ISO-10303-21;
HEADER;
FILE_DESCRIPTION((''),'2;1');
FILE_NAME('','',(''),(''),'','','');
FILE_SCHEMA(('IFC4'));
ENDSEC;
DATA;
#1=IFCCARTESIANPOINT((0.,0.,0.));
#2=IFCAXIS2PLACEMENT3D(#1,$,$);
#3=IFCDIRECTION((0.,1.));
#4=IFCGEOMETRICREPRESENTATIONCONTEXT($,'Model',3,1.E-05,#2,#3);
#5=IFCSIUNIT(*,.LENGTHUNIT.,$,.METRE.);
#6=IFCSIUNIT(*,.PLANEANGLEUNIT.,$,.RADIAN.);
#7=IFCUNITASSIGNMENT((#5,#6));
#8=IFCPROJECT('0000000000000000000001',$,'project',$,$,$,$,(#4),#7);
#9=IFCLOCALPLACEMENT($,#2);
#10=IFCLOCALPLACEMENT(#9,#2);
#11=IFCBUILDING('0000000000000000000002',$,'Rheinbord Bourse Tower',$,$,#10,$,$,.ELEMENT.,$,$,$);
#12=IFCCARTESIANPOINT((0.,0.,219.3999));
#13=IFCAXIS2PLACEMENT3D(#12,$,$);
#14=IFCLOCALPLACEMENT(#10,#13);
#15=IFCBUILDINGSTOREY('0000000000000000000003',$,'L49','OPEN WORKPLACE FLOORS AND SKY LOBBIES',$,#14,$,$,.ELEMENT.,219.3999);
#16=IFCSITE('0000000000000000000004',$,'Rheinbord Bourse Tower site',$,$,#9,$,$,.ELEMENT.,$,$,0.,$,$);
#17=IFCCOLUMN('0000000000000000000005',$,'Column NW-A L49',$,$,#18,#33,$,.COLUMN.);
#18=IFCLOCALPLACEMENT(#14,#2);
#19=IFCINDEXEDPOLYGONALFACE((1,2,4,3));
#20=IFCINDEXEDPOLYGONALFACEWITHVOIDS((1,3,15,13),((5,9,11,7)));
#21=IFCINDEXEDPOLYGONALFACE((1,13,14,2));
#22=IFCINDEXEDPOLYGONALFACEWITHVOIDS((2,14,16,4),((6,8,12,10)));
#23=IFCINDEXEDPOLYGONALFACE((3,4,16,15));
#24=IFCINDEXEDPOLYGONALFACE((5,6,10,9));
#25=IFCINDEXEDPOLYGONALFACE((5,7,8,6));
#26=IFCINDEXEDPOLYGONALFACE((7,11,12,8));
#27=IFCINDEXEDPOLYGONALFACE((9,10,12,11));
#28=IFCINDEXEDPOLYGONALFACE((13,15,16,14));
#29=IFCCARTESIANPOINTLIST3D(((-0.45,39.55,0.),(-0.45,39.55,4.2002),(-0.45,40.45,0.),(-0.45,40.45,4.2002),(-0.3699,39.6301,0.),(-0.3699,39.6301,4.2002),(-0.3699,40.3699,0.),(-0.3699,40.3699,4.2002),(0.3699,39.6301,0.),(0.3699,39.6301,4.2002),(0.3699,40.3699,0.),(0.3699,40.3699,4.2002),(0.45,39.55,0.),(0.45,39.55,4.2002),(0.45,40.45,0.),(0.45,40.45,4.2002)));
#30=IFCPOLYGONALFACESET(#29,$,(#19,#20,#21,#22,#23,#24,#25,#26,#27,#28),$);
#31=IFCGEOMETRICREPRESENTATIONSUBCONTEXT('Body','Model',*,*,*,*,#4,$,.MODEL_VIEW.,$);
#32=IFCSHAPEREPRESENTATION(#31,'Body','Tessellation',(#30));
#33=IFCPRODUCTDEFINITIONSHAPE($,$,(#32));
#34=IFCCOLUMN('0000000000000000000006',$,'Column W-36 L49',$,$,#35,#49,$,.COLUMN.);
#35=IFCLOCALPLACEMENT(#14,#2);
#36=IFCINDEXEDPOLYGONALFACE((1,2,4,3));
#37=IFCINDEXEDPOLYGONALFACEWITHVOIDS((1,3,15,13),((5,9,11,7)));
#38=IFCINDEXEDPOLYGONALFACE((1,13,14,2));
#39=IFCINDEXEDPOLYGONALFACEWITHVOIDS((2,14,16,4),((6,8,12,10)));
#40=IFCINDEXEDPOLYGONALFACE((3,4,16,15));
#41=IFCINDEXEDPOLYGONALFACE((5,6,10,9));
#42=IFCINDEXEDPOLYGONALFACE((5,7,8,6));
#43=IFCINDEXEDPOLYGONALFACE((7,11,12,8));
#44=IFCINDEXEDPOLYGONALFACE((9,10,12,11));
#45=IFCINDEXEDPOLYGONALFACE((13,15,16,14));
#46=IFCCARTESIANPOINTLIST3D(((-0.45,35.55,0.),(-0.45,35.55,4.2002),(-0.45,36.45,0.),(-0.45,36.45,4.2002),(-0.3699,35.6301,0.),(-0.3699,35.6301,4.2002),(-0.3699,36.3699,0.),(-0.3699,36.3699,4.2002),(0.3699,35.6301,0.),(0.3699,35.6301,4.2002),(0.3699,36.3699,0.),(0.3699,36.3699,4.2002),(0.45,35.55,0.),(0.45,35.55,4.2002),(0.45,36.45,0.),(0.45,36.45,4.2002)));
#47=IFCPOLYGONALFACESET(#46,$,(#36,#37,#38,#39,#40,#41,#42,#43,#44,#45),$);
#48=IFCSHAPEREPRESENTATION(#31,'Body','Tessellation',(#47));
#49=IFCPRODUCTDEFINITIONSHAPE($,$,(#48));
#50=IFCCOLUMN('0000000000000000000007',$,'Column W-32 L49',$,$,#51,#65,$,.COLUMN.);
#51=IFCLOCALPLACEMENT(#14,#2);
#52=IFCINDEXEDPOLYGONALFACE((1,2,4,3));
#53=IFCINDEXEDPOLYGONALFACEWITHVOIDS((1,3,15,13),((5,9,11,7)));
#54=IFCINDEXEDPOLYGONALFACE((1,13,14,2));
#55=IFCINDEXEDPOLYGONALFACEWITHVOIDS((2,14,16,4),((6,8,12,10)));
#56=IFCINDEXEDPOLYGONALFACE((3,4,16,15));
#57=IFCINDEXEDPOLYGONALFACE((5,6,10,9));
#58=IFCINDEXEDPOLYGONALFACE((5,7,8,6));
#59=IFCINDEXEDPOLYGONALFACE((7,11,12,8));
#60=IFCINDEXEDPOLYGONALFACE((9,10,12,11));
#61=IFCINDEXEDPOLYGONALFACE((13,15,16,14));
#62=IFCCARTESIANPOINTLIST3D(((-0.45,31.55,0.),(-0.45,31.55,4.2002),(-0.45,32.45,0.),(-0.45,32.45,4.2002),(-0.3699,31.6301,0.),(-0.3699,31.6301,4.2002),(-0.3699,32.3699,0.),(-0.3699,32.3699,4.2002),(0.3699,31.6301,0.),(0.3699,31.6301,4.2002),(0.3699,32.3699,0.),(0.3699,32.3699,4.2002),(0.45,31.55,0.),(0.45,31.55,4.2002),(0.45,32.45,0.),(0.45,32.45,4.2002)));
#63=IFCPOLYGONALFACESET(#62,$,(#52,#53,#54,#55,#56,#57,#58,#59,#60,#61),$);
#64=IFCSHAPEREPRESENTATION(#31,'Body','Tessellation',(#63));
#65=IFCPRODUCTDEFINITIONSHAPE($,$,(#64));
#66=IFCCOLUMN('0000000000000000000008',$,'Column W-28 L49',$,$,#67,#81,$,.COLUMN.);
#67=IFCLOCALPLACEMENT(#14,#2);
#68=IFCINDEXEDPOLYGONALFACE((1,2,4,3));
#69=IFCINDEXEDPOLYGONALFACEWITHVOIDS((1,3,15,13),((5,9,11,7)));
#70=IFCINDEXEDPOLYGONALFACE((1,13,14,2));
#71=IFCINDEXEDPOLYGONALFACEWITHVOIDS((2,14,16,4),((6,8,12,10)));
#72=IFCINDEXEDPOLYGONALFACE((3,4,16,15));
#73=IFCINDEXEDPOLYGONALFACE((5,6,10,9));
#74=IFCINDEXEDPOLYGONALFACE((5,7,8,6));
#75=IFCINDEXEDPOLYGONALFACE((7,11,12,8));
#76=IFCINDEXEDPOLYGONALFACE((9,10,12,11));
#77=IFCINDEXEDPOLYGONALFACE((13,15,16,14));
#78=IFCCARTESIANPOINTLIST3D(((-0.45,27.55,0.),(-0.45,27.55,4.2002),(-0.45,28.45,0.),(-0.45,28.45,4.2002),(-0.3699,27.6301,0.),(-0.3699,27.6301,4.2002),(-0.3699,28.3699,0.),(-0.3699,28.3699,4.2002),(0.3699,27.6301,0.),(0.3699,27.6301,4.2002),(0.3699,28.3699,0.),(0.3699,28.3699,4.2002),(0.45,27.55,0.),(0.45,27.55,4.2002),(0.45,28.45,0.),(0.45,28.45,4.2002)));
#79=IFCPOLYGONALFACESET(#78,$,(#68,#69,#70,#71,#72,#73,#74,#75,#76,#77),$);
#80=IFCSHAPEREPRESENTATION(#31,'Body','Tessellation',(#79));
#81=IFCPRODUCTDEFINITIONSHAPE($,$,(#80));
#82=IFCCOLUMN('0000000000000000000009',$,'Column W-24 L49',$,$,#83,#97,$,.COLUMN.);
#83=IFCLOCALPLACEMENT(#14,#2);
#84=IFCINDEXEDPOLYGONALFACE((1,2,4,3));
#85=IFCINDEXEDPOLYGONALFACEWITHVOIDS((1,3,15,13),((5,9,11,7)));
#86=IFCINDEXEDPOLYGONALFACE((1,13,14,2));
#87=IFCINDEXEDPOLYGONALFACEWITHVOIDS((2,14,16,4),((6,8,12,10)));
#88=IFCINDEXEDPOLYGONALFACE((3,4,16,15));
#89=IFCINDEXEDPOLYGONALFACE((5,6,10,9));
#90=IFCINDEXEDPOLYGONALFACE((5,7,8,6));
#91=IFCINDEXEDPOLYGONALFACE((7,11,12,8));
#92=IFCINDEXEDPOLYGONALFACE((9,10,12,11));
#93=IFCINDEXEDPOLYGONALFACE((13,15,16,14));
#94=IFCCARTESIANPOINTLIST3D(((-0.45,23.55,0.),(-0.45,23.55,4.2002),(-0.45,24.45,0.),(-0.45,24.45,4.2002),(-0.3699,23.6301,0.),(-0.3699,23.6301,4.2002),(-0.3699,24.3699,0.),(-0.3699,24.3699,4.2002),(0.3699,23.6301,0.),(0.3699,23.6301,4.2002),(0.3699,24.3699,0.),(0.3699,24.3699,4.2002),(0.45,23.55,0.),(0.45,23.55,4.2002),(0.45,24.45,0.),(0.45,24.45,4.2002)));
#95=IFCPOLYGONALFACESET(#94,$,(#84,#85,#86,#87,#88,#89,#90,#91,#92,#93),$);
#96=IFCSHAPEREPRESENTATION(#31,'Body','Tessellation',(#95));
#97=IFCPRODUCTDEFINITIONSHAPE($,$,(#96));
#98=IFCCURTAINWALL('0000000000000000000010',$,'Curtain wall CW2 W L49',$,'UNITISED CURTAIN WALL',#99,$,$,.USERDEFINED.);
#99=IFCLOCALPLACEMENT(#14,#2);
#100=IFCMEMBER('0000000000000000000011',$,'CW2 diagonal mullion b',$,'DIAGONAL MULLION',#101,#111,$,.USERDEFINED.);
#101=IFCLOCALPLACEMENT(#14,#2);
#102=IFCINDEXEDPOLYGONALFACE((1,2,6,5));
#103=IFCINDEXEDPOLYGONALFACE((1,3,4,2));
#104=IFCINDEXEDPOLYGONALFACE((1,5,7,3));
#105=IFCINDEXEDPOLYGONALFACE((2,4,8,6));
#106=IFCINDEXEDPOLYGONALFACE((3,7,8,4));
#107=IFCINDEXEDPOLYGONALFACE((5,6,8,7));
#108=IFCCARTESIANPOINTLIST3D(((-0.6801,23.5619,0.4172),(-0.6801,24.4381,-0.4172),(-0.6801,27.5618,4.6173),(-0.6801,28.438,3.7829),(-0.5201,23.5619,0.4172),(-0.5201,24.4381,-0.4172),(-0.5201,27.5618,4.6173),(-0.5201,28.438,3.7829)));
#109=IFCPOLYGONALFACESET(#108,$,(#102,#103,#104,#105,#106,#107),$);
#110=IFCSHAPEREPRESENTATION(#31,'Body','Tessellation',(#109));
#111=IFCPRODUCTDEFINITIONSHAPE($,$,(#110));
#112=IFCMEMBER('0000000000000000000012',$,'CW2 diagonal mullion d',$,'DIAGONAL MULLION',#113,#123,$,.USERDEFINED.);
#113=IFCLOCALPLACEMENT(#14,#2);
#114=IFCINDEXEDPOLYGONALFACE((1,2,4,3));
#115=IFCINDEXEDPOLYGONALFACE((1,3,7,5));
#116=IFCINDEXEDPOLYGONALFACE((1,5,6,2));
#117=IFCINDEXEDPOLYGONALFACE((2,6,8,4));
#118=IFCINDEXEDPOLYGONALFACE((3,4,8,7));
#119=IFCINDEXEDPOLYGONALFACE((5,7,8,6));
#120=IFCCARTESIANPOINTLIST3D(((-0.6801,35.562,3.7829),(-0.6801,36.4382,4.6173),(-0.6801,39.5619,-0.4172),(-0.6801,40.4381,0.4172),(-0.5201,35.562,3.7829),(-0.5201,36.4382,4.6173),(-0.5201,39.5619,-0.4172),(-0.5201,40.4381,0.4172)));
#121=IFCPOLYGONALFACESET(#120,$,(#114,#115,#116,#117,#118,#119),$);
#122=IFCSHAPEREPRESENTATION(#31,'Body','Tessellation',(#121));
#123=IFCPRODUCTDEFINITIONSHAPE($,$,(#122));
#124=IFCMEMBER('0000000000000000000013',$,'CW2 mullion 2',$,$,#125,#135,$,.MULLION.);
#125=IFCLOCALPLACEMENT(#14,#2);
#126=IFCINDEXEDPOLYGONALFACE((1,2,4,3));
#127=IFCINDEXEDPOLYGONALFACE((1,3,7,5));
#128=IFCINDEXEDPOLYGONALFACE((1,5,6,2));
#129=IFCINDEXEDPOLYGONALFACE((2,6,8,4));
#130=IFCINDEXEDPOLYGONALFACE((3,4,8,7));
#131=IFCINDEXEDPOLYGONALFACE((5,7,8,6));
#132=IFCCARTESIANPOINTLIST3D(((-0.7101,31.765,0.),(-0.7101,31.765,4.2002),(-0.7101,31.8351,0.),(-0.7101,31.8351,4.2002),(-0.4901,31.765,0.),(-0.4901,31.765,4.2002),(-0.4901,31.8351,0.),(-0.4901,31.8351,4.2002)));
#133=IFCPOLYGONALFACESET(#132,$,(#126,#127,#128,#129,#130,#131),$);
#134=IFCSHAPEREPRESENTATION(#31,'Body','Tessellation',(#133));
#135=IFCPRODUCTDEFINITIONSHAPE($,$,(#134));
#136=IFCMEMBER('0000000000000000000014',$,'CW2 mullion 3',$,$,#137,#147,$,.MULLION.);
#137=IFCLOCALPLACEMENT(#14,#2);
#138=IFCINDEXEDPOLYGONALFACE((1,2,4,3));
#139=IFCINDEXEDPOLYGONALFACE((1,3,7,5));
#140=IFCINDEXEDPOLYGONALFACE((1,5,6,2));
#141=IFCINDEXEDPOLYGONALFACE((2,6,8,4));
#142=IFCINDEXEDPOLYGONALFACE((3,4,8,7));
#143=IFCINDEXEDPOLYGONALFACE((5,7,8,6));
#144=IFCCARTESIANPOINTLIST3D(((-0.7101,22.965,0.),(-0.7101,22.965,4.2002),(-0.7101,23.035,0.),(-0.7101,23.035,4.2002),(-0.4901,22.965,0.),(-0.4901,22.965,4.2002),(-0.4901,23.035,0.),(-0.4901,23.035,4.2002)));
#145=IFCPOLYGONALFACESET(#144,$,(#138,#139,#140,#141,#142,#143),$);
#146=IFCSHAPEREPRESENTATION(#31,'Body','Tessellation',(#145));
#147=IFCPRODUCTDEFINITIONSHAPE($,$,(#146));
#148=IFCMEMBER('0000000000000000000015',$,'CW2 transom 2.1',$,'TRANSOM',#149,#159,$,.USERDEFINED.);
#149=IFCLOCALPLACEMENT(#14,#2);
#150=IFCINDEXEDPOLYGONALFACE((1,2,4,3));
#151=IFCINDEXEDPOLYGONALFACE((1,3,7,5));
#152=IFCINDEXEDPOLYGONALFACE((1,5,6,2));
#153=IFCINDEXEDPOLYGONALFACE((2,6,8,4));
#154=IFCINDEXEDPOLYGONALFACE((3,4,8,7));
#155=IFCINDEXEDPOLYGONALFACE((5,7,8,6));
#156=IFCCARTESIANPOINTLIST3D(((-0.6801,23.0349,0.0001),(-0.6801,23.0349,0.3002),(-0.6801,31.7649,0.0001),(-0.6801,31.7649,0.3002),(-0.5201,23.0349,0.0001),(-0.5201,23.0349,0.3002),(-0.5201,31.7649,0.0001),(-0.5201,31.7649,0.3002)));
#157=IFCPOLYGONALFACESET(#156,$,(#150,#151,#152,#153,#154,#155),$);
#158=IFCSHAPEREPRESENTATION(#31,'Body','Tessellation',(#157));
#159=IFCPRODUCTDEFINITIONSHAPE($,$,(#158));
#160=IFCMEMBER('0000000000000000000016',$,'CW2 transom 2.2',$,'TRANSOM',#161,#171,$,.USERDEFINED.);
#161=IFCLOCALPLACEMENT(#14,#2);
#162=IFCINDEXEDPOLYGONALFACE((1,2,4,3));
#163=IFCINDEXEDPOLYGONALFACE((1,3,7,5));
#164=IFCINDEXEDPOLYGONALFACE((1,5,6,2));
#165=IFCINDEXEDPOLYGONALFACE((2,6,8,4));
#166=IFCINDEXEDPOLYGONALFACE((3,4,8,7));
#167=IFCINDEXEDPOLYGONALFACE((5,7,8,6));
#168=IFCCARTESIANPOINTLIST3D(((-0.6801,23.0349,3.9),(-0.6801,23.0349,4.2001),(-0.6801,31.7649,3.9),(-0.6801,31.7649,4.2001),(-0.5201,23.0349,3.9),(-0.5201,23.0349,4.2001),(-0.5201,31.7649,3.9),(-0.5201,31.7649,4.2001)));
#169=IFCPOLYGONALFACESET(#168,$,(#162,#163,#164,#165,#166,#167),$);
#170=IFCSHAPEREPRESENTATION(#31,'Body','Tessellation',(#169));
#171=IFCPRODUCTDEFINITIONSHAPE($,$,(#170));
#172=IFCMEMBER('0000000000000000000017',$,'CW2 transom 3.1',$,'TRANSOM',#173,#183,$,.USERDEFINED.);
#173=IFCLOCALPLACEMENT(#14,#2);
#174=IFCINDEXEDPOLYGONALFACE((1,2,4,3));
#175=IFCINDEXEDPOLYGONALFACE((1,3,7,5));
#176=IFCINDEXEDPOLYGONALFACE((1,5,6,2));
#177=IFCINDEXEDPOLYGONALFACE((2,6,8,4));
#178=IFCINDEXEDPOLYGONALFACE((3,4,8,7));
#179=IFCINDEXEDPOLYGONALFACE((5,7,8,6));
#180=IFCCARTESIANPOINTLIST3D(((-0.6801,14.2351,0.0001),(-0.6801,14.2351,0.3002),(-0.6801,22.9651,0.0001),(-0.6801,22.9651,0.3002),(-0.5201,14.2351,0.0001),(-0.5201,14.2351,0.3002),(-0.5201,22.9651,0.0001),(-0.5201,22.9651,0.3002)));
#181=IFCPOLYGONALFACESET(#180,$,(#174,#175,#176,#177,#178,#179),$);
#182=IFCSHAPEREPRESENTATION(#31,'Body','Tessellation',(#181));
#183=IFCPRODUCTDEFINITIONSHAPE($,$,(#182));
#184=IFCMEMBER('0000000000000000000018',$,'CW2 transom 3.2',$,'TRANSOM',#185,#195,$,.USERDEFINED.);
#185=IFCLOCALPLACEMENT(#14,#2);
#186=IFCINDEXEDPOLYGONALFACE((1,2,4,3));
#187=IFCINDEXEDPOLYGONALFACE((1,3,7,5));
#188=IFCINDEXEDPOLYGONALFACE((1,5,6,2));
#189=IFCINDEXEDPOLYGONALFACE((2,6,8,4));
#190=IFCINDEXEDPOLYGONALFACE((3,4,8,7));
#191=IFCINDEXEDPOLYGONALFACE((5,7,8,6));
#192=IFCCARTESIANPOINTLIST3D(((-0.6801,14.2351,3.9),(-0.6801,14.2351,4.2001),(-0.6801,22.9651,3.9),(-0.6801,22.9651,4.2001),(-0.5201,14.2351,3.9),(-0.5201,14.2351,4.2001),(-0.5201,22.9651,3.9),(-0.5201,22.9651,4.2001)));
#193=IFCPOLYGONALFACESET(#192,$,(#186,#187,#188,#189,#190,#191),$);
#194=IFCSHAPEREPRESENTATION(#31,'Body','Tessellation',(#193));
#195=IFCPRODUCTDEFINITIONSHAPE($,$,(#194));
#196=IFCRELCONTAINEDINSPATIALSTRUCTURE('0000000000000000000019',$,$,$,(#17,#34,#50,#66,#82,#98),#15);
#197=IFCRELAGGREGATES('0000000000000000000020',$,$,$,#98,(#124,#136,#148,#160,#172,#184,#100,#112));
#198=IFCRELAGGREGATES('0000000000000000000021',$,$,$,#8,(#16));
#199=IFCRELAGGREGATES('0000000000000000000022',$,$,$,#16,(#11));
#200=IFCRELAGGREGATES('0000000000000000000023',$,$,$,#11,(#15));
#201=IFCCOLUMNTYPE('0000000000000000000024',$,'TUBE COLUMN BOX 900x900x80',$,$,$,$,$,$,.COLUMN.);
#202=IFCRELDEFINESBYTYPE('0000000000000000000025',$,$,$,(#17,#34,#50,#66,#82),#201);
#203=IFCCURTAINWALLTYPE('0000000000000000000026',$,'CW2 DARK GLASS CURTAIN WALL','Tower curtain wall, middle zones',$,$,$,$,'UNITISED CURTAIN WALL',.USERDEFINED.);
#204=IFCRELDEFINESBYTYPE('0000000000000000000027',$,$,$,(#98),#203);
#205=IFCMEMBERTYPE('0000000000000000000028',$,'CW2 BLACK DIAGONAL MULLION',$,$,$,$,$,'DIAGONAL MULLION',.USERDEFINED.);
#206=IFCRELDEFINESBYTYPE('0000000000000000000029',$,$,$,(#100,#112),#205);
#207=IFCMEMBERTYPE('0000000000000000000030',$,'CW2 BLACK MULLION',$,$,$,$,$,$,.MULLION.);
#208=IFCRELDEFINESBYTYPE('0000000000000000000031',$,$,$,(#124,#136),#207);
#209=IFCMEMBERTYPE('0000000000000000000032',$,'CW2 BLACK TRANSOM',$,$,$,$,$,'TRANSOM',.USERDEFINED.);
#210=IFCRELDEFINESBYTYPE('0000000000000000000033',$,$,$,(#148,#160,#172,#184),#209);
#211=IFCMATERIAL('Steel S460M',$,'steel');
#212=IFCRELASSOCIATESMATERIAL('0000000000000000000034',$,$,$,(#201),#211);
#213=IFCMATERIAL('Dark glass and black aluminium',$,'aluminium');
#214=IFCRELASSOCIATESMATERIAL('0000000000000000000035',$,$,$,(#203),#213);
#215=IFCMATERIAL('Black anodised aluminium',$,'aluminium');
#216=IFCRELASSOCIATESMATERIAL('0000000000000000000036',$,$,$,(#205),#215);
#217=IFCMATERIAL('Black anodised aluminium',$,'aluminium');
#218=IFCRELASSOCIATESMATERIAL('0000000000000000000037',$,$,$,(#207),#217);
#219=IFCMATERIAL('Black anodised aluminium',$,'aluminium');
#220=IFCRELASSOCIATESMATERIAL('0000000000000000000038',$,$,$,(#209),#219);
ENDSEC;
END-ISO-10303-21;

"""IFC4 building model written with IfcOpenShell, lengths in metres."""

from ifc_helpers import new_model, si_unit, direction, frame, origin, origin_2d, place, context, subcontext, project, spatial, rectangle, hollow_rectangle, extrude, material, material_profile, profile_set, type_object, element, aggregate, save


model = new_model("IFC4")

# Units and contexts
model_context = context("Model", 3, precision=1e-05, world=origin(), true_north=direction((0.0, 1.0)))
body_context = subcontext(model_context, "Body", "Model", "MODEL_VIEW")
ifc_project = project(units=[si_unit("LENGTHUNIT", "METRE"), si_unit("PLANEANGLEUNIT", "RADIAN")], contexts=[model_context])

# Site, building, storey
site_placement = place(None, origin())
site = spatial("IfcSite", under=ifc_project, at=site_placement, Name="Rheinbord Bourse Tower site", CompositionType="ELEMENT", RefElevation=0.0)
building_placement = place(site_placement, origin())
building = spatial("IfcBuilding", under=site, at=building_placement, Name="Rheinbord Bourse Tower", CompositionType="ELEMENT")
storey_placement = place(building_placement, frame((0.0, 0.0, 219.3999)))
storey = spatial("IfcBuildingStorey", under=building, at=storey_placement, Name="L49", Description="OPEN WORKPLACE FLOORS AND SKY LOBBIES", CompositionType="ELEMENT", Elevation=219.3999)

# Columns
ifc_material_1 = material(Name="Steel S460M", Category="steel")
ifc_material_profile_1 = material_profile(ifc_material_1, hollow_rectangle(XDim=0.8999, YDim=0.8999, WallThickness=0.0801, at=origin_2d()), Name="BOX 900x900x80")
ifc_profile_set_1 = profile_set([ifc_material_profile_1], Name="Steel S460M")
column_type = type_object("IfcColumnType", Name="TUBE COLUMN BOX 900x900x80", PredefinedType="COLUMN", material=ifc_profile_set_1)
for number, where, z_axis, x_axis, name in (
    (1, (0.0, 40.0, 0.0), (0.0, 0.0, 1.0), (1.0, 0.0, 0.0), "Column NW-A L49"),
    (2, (0.0, 36.0, 0.0), (0.0, 0.0, 1.0), (1.0, 0.0, 0.0), "Column W-36 L49"),
    (3, (0.0, 32.0, 0.0), (0.0, 0.0, 1.0), (1.0, 0.0, 0.0), "Column W-32 L49"),
    (4, (0.0, 28.0, 0.0), (0.0, 0.0, 1.0), (1.0, 0.0, 0.0), "Column W-28 L49"),
    (5, (0.0, 24.0, 0.0), (0.0, 0.0, 1.0), (1.0, 0.0, 0.0), "Column W-24 L49"),
):
    element("IfcColumn", number, at=place(storey_placement, frame(where, z_axis=z_axis, x_axis=x_axis)), inside=storey, type_object=column_type, Name=name, PredefinedType="COLUMN", context=body_context, shape_type="SweptSolid", body=[
        extrude(hollow_rectangle(XDim=0.8999, YDim=0.8999, WallThickness=0.0801, at=origin_2d()), origin(), (0.0, 0.0, 1.0), 4.2002),
    ])

# Curtain wall, members
ifc_material_2 = material(Name="Dark glass and black aluminium", Category="aluminium")
curtain_wall_type = type_object("IfcCurtainWallType", Name="CW2 DARK GLASS CURTAIN WALL", Description="Tower curtain wall, middle zones", ElementType="UNITISED CURTAIN WALL", PredefinedType="USERDEFINED", material=ifc_material_2)
curtain_wall_placement = place(storey_placement, origin())
curtain_wall = element("IfcCurtainWall", 6, at=curtain_wall_placement, inside=storey, type_object=curtain_wall_type, Name="Curtain wall CW2 W L49", ObjectType="UNITISED CURTAIN WALL", PredefinedType="USERDEFINED")
ifc_material_3 = material(Name="Black anodised aluminium", Category="aluminium")
ifc_material_profile_2 = material_profile(ifc_material_3, rectangle(XDim=0.1599, YDim=1.21, at=origin_2d()), Name="CW2 DIAGONAL MULLION 1210x160")
ifc_profile_set_2 = profile_set([ifc_material_profile_2], Name="Black anodised aluminium")
member_type_1 = type_object("IfcMemberType", Name="CW2 BLACK DIAGONAL MULLION", ElementType="DIAGONAL MULLION", PredefinedType="USERDEFINED", material=ifc_profile_set_2)
member_1_placement = place(storey_placement, frame((-0.6001, 24.0, 0.0), z_axis=(0.0, 0.689638, 0.724154), x_axis=(-1.0, 0.0, 0.0)))
member_1 = element("IfcMember", 7, at=member_1_placement, type_object=member_type_1, Name="CW2 diagonal mullion b", ObjectType="DIAGONAL MULLION", PredefinedType="USERDEFINED", context=body_context, shape_type="SweptSolid", body=[
    extrude(rectangle(XDim=0.1599, YDim=1.21, at=origin_2d()), origin(), (0.0, 0.0, 1.0), 5.8),
])
member_2_placement = place(storey_placement, frame((-0.6001, 40.0, 0.0), z_axis=(0.0, -0.689638, 0.724154), x_axis=(1.0, 0.0, 0.0)))
member_2 = element("IfcMember", 8, at=member_2_placement, type_object=member_type_1, Name="CW2 diagonal mullion d", ObjectType="DIAGONAL MULLION", PredefinedType="USERDEFINED", context=body_context, shape_type="SweptSolid", body=[
    extrude(rectangle(XDim=0.1599, YDim=1.21, at=origin_2d()), origin(), (0.0, 0.0, 1.0), 5.8),
])
ifc_material_4 = material(Name="Black anodised aluminium", Category="aluminium")
ifc_material_profile_3 = material_profile(ifc_material_4, rectangle(XDim=0.22, YDim=0.0701, at=origin_2d()), Name="CW2 MULLION 70x220")
ifc_profile_set_3 = profile_set([ifc_material_profile_3], Name="Black anodised aluminium")
member_type_2 = type_object("IfcMemberType", Name="CW2 BLACK MULLION", PredefinedType="MULLION", material=ifc_profile_set_3)
member_3_placement = place(storey_placement, frame((-0.6001, 31.8, 0.0), z_axis=(0.0, 0.0, 1.0), x_axis=(1.0, 0.0, 0.0)))
member_3 = element("IfcMember", 9, at=member_3_placement, type_object=member_type_2, Name="CW2 mullion 2", PredefinedType="MULLION", context=body_context, shape_type="SweptSolid", body=[
    extrude(rectangle(XDim=0.22, YDim=0.0701, at=origin_2d()), origin(), (0.0, 0.0, 1.0), 4.2002),
])
member_4_placement = place(storey_placement, frame((-0.6001, 23.0, 0.0), z_axis=(0.0, 0.0, 1.0), x_axis=(1.0, 0.0, 0.0)))
member_4 = element("IfcMember", 10, at=member_4_placement, type_object=member_type_2, Name="CW2 mullion 3", PredefinedType="MULLION", context=body_context, shape_type="SweptSolid", body=[
    extrude(rectangle(XDim=0.22, YDim=0.0701, at=origin_2d()), origin(), (0.0, 0.0, 1.0), 4.2002),
])
ifc_material_5 = material(Name="Black anodised aluminium", Category="aluminium")
ifc_material_profile_4 = material_profile(ifc_material_5, rectangle(XDim=0.1599, YDim=0.3, at=origin_2d()), Name="CW2 TRANSOM 300x160")
ifc_profile_set_4 = profile_set([ifc_material_profile_4], Name="Black anodised aluminium")
member_type_3 = type_object("IfcMemberType", Name="CW2 BLACK TRANSOM", ElementType="TRANSOM", PredefinedType="USERDEFINED", material=ifc_profile_set_4)
member_5_placement = place(storey_placement, frame((-0.6001, 31.7649, 0.1501), z_axis=(0.0, -1.0, 0.0), x_axis=(1.0, 0.0, 0.0)))
member_5 = element("IfcMember", 11, at=member_5_placement, type_object=member_type_3, Name="CW2 transom 2.1", ObjectType="TRANSOM", PredefinedType="USERDEFINED", context=body_context, shape_type="SweptSolid", body=[
    extrude(rectangle(XDim=0.1599, YDim=0.3, at=origin_2d()), origin(), (0.0, 0.0, 1.0), 8.73),
])
member_6_placement = place(storey_placement, frame((-0.6001, 31.7649, 4.05), z_axis=(0.0, -1.0, 0.0), x_axis=(1.0, 0.0, 0.0)))
member_6 = element("IfcMember", 12, at=member_6_placement, type_object=member_type_3, Name="CW2 transom 2.2", ObjectType="TRANSOM", PredefinedType="USERDEFINED", context=body_context, shape_type="SweptSolid", body=[
    extrude(rectangle(XDim=0.1599, YDim=0.3, at=origin_2d()), origin(), (0.0, 0.0, 1.0), 8.73),
])
member_7_placement = place(storey_placement, frame((-0.6001, 22.9651, 0.1501), z_axis=(0.0, -1.0, 0.0), x_axis=(1.0, 0.0, 0.0)))
member_7 = element("IfcMember", 13, at=member_7_placement, type_object=member_type_3, Name="CW2 transom 3.1", ObjectType="TRANSOM", PredefinedType="USERDEFINED", context=body_context, shape_type="SweptSolid", body=[
    extrude(rectangle(XDim=0.1599, YDim=0.3, at=origin_2d()), origin(), (0.0, 0.0, 1.0), 8.73),
])
member_8_placement = place(storey_placement, frame((-0.6001, 22.9651, 4.05), z_axis=(0.0, -1.0, 0.0), x_axis=(1.0, 0.0, 0.0)))
member_8 = element("IfcMember", 14, at=member_8_placement, type_object=member_type_3, Name="CW2 transom 3.2", ObjectType="TRANSOM", PredefinedType="USERDEFINED", context=body_context, shape_type="SweptSolid", body=[
    extrude(rectangle(XDim=0.1599, YDim=0.3, at=origin_2d()), origin(), (0.0, 0.0, 1.0), 8.73),
])

aggregate(curtain_wall, [member_3, member_4, member_5, member_6, member_7, member_8, member_1, member_2])

save(model, "model.ifc")
